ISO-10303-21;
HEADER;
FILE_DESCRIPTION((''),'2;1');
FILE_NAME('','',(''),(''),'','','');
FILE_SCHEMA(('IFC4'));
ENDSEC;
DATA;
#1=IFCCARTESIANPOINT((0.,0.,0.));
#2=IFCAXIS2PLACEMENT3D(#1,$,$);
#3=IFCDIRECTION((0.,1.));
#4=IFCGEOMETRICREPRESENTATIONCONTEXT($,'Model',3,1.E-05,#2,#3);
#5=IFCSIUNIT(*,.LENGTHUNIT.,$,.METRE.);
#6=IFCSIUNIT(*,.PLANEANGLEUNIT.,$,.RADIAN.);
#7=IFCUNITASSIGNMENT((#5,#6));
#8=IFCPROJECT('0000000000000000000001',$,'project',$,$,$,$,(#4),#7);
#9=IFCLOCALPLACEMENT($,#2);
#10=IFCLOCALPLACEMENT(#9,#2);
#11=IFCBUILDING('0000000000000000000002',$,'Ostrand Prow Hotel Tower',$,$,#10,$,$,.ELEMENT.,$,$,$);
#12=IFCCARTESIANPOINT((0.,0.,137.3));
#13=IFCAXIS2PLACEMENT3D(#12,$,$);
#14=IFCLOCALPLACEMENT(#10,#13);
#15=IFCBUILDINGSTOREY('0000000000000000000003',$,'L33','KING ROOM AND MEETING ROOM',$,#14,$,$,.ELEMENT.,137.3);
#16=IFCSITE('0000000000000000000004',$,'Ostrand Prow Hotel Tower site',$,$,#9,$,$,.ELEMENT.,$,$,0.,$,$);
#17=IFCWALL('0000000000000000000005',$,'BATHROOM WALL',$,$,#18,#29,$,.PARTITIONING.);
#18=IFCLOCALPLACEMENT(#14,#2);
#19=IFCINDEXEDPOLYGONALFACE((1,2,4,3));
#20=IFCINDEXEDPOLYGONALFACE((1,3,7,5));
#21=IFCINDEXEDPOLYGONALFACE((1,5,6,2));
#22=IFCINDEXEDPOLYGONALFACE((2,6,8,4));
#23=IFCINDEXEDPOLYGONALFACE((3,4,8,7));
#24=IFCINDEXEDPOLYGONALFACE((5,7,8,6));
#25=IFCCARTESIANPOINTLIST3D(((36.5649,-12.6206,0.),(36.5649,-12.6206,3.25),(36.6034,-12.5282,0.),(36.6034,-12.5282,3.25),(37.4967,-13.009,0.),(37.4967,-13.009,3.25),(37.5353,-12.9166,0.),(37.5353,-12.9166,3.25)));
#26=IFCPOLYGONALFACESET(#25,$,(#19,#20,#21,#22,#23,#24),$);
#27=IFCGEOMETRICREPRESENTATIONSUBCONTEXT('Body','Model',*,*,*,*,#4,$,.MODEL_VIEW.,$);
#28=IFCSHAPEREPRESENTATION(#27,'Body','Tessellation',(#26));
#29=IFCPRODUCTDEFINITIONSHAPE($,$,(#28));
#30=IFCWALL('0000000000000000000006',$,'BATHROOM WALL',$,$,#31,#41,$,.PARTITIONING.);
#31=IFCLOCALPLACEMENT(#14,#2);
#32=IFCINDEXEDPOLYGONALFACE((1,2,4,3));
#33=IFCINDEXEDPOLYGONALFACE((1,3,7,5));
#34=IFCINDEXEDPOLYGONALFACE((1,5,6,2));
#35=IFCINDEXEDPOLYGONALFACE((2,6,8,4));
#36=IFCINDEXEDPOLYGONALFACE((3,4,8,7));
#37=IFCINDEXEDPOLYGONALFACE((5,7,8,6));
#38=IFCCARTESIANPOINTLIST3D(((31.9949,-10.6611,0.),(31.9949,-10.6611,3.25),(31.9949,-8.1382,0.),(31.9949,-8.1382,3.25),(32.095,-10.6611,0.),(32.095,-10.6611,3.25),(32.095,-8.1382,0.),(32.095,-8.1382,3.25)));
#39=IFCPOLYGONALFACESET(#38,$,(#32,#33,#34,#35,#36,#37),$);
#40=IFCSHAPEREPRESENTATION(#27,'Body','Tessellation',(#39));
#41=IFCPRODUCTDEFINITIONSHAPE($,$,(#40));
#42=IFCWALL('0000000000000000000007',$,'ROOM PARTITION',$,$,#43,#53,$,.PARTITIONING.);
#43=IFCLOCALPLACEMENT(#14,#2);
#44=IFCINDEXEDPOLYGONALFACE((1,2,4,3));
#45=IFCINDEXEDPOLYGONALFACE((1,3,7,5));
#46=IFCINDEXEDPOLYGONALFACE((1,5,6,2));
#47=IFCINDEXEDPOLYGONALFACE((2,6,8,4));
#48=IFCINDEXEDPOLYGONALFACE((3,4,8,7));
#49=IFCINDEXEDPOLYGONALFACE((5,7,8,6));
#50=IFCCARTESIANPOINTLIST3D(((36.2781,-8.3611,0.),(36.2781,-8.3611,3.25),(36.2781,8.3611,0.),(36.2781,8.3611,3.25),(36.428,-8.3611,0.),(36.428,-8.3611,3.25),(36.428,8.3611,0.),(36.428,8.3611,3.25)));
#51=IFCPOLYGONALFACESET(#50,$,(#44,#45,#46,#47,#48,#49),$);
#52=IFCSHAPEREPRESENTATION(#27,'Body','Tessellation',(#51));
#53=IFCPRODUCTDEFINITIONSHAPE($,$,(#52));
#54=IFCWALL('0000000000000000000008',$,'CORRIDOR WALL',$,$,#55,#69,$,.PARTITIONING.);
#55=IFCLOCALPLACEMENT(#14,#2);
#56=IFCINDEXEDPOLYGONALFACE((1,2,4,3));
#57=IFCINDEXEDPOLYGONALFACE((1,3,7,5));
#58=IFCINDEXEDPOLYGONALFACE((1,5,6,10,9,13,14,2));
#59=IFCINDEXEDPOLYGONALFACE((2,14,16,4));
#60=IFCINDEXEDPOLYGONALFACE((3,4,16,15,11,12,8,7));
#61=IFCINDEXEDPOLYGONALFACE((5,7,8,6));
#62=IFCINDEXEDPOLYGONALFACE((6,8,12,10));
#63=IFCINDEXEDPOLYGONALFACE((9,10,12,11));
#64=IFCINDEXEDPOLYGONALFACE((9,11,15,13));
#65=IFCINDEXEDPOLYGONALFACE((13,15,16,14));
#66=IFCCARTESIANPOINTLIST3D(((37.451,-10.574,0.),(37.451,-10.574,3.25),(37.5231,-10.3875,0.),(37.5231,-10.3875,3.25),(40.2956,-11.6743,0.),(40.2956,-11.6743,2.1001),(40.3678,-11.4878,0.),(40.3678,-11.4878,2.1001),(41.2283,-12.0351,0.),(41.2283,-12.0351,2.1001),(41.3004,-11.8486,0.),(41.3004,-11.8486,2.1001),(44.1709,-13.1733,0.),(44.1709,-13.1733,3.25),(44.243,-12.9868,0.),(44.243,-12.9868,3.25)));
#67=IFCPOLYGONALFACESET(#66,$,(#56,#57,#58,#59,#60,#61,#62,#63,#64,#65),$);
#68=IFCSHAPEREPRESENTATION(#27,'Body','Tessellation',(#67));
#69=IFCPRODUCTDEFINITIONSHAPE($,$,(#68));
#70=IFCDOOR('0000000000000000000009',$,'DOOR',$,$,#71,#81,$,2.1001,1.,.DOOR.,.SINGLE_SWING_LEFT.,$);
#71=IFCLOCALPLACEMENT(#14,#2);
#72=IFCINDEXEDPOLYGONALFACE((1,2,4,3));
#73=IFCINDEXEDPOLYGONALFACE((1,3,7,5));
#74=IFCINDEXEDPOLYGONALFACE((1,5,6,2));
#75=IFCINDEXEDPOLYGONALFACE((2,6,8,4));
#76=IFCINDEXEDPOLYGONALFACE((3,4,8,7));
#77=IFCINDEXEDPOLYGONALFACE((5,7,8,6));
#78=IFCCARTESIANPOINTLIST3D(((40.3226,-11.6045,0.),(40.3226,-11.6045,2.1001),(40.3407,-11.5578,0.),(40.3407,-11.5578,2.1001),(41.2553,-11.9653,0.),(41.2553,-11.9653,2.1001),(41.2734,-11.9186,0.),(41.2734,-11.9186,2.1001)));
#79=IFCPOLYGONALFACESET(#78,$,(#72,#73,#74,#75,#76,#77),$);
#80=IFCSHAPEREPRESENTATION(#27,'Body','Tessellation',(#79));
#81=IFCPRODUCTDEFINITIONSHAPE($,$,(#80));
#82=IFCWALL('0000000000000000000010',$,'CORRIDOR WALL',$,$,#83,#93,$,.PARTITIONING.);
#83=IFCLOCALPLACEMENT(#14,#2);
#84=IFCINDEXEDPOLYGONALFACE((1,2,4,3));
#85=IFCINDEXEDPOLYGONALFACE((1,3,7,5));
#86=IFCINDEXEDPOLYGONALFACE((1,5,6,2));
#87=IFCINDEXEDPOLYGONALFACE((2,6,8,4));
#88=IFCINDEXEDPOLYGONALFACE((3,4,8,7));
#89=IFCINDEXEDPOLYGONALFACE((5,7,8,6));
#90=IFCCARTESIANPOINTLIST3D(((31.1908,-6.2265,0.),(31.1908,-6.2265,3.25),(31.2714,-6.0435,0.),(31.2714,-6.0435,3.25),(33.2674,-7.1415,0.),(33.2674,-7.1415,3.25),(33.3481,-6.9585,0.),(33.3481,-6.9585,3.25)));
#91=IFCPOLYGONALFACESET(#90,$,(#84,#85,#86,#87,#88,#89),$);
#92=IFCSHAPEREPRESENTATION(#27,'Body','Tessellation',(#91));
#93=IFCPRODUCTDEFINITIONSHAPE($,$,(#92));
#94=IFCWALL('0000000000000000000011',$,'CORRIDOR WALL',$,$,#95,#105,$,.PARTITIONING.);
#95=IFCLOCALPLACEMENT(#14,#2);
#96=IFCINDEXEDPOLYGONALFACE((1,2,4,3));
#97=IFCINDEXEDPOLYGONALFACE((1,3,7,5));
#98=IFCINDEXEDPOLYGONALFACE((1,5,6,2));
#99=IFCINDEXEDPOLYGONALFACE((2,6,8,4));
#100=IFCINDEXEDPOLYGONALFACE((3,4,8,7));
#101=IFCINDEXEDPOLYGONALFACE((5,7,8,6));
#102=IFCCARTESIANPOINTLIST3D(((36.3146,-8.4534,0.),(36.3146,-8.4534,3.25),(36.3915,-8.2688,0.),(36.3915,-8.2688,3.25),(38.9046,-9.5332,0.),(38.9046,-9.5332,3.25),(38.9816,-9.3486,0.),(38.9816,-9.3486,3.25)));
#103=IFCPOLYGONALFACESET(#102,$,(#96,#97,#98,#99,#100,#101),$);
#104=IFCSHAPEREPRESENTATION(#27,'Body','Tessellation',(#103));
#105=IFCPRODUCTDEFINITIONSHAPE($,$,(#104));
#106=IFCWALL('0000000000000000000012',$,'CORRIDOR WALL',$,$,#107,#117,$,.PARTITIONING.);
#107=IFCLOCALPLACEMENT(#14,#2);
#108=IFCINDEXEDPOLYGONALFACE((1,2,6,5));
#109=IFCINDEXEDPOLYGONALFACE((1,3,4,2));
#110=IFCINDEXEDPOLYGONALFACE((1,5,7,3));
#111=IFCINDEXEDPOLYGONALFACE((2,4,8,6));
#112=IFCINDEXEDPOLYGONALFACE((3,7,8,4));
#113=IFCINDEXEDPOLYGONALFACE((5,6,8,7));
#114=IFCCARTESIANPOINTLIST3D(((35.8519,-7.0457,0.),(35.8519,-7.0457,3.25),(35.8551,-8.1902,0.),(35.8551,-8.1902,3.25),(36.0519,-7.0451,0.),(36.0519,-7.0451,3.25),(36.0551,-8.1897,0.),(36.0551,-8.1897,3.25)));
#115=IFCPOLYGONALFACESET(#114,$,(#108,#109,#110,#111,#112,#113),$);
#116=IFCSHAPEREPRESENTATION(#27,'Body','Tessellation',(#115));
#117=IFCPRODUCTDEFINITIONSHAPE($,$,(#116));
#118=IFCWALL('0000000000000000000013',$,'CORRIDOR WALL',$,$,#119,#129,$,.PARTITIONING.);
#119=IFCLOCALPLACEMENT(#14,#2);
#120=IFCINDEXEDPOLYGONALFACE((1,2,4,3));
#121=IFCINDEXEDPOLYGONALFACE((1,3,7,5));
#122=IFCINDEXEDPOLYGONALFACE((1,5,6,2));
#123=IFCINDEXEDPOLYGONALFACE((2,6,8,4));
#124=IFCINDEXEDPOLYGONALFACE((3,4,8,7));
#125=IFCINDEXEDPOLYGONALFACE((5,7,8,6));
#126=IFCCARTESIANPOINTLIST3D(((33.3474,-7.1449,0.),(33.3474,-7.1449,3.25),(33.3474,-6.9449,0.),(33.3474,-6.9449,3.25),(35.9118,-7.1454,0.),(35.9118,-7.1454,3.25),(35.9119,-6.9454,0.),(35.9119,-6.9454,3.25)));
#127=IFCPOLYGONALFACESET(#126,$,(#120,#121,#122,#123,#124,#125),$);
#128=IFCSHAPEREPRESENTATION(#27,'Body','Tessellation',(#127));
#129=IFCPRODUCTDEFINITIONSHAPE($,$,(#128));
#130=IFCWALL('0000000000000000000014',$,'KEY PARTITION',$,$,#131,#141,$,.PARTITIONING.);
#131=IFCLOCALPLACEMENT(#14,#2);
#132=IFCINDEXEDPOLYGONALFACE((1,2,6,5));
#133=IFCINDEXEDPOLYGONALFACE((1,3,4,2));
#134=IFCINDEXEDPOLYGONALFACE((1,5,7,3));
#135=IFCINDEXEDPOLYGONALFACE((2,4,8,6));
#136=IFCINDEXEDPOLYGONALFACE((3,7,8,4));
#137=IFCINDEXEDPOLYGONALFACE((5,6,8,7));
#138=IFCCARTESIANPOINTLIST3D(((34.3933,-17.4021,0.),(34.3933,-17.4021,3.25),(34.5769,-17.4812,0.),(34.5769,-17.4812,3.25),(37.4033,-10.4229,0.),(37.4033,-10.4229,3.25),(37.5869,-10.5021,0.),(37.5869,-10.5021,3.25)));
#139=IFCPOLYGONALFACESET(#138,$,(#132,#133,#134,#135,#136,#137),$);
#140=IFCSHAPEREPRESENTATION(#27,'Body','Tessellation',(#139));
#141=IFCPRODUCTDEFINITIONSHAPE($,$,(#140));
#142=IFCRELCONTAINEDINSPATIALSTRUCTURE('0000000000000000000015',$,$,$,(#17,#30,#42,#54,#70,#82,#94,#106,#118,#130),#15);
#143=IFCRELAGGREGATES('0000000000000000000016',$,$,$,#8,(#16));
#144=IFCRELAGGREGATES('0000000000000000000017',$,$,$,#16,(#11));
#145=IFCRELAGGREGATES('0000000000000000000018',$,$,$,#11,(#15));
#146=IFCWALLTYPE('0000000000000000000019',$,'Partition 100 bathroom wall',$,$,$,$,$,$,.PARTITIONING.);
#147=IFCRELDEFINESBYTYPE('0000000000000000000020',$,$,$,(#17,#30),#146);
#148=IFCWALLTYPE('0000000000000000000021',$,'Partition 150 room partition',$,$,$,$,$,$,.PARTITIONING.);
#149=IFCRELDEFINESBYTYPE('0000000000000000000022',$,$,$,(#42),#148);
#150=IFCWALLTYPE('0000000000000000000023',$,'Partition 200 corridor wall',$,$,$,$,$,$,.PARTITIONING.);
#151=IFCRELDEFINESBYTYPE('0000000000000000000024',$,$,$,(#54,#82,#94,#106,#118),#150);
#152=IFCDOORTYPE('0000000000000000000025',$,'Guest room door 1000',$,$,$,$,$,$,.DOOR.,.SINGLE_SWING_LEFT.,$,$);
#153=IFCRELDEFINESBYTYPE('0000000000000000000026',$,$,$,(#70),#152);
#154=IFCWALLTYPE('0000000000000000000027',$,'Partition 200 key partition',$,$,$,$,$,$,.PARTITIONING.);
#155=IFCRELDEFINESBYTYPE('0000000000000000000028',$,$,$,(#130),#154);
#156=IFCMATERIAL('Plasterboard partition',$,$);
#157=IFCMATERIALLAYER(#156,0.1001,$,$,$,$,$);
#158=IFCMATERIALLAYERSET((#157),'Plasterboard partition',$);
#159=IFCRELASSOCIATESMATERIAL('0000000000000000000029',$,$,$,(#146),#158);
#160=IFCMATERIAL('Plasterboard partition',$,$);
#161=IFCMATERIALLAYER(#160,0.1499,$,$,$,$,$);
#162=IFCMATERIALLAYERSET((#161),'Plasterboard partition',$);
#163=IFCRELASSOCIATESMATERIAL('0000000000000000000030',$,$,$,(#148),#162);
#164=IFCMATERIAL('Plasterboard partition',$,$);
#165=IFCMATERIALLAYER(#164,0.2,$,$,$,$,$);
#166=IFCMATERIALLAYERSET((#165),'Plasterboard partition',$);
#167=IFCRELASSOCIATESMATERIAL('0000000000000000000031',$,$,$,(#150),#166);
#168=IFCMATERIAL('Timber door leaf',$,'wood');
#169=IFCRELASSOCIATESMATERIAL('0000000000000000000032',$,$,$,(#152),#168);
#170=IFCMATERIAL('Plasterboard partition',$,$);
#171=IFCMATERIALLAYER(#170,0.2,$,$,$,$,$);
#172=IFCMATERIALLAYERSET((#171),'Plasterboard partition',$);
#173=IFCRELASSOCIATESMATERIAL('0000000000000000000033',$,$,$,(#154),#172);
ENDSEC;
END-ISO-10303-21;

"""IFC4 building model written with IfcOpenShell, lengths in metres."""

from ifc_helpers import new_model, si_unit, direction, frame, frame_2d, origin, place, context, subcontext, project, spatial, rectangle, extrude, material, layer, layer_set, type_object, element, fill, save


model = new_model("IFC4")

# Units and contexts
model_context = context("Model", 3, precision=1e-05, world=origin(), true_north=direction((0.0, 1.0)))
body_context = subcontext(model_context, "Body", "Model", "MODEL_VIEW")
ifc_project = project(units=[si_unit("LENGTHUNIT", "METRE"), si_unit("PLANEANGLEUNIT", "RADIAN")], contexts=[model_context])

# Site, building, storey
site_placement = place(None, origin())
site = spatial("IfcSite", under=ifc_project, at=site_placement, Name="Ostrand Prow Hotel Tower site", CompositionType="ELEMENT", RefElevation=0.0)
building_placement = place(site_placement, origin())
building = spatial("IfcBuilding", under=site, at=building_placement, Name="Ostrand Prow Hotel Tower", CompositionType="ELEMENT")
storey_placement = place(building_placement, frame((0.0, 0.0, 137.3)))
storey = spatial("IfcBuildingStorey", under=building, at=storey_placement, Name="L33", Description="KING ROOM AND MEETING ROOM", CompositionType="ELEMENT", Elevation=137.3)

# Shared definitions
ifc_material_1 = material(Name="Plasterboard partition")
ifc_layer_1 = layer(ifc_material_1, 0.1001)
ifc_layer_set_1 = layer_set([ifc_layer_1], Name="Plasterboard partition")
wall_type_1 = type_object("IfcWallType", Name="Partition 100 bathroom wall", PredefinedType="PARTITIONING", material=ifc_layer_set_1)

# Walls
wall_1_placement = place(storey_placement, frame((37.5161, -12.9629, 0.0), z_axis=(0.0, 0.0, 1.0), x_axis=(-0.923027, 0.384736, 0.0)))
element("IfcWall", 1, at=wall_1_placement, inside=storey, type_object=wall_type_1, Name="BATHROOM WALL", PredefinedType="PARTITIONING", context=body_context, shape_type="SweptSolid", body=[
    extrude(rectangle(XDim=1.0095, YDim=0.1001, at=frame_2d((0.5049, 0.0))), origin(), (0.0, 0.0, 1.0), 3.25),
])
wall_2_placement = place(storey_placement, frame((32.0449, -8.1382, 0.0), z_axis=(0.0, 0.0, 1.0), x_axis=(0.0, -1.0, 0.0)))
element("IfcWall", 2, at=wall_2_placement, inside=storey, type_object=wall_type_1, Name="BATHROOM WALL", PredefinedType="PARTITIONING", context=body_context, shape_type="SweptSolid", body=[
    extrude(rectangle(XDim=2.5229, YDim=0.1001, at=frame_2d((1.2615, 0.0))), origin(), (0.0, 0.0, 1.0), 3.25),
])
ifc_material_2 = material(Name="Plasterboard partition")
ifc_layer_2 = layer(ifc_material_2, 0.1499)
ifc_layer_set_2 = layer_set([ifc_layer_2], Name="Plasterboard partition")
wall_type_2 = type_object("IfcWallType", Name="Partition 150 room partition", PredefinedType="PARTITIONING", material=ifc_layer_set_2)
wall_3_placement = place(storey_placement, frame((36.353, -8.3611, 0.0), z_axis=(0.0, 0.0, 1.0), x_axis=(0.0, 1.0, 0.0)))
element("IfcWall", 3, at=wall_3_placement, inside=storey, type_object=wall_type_2, Name="ROOM PARTITION", PredefinedType="PARTITIONING", context=body_context, shape_type="SweptSolid", body=[
    extrude(rectangle(XDim=16.7222, YDim=0.1499, at=frame_2d((8.3611, 0.0))), origin(), (0.0, 0.0, 1.0), 3.25),
])

# Wall, opening, door
ifc_material_3 = material(Name="Plasterboard partition")
ifc_layer_3 = layer(ifc_material_3, 0.2)
ifc_layer_set_3 = layer_set([ifc_layer_3], Name="Plasterboard partition")
wall_type_3 = type_object("IfcWallType", Name="Partition 200 corridor wall", PredefinedType="PARTITIONING", material=ifc_layer_set_3)
wall_4_placement = place(storey_placement, frame((37.4871, -10.4807, 0.0), z_axis=(0.0, 0.0, 1.0), x_axis=(0.932657, -0.360763, 0.0)))
wall_4 = element("IfcWall", 4, at=wall_4_placement, inside=storey, type_object=wall_type_3, Name="CORRIDOR WALL", PredefinedType="PARTITIONING", context=body_context, shape_type="SweptSolid", body=[
    extrude(rectangle(XDim=7.2051, YDim=0.2, at=frame_2d((3.6025, 0.0))), origin(), (0.0, 0.0, 1.0), 3.25),
])
opening_1_placement = place(wall_4_placement, frame((3.05, 0.0, 0.0)))
opening_1 = element("IfcOpeningElement", 5, at=opening_1_placement, cuts=wall_4, PredefinedType="OPENING", context=body_context, shape_type="SweptSolid", body=[
    extrude(rectangle(XDim=1.0, YDim=2.1001, at=frame_2d((0.5, 1.05))), frame((0.0, 0.1099, 0.0), z_axis=(0.0, -1.0, 0.0), x_axis=(1.0, 0.0, 0.0)), (0.0, 0.0, 1.0), 0.22),
])
ifc_material_4 = material(Name="Timber door leaf", Category="wood")
door_type_1 = type_object("IfcDoorType", Name="Guest room door 1000", OperationType="SINGLE_SWING_LEFT", PredefinedType="DOOR", material=ifc_material_4)
door_1_placement = place(opening_1_placement, origin())
door_1 = element("IfcDoor", 6, at=door_1_placement, inside=storey, type_object=door_type_1, Name="DOOR", OperationType="SINGLE_SWING_LEFT", OverallHeight=2.1001, OverallWidth=1.0, PredefinedType="DOOR", context=body_context, shape_type="SweptSolid", body=[
    extrude(rectangle(XDim=1.0, YDim=2.1001, at=frame_2d((0.5, 1.05))), frame((0.0, 0.0249, 0.0), z_axis=(0.0, -1.0, 0.0), x_axis=(1.0, 0.0, 0.0)), (0.0, 0.0, 1.0), 0.05),
])
fill(opening_1, door_1)

# Walls
wall_5_placement = place(storey_placement, frame((33.3079, -7.05, 0.0), z_axis=(0.0, 0.0, 1.0), x_axis=(-0.915102, 0.403222, 0.0)))
element("IfcWall", 7, at=wall_5_placement, inside=storey, type_object=wall_type_3, Name="CORRIDOR WALL", PredefinedType="PARTITIONING", context=body_context, shape_type="SweptSolid", body=[
    extrude(rectangle(XDim=2.2693, YDim=0.2, at=frame_2d((1.1348, 0.0))), origin(), (0.0, 0.0, 1.0), 3.25),
])
wall_6_placement = place(storey_placement, frame((38.9431, -9.4409, 0.0), z_axis=(0.0, 0.0, 1.0), x_axis=(-0.922997, 0.384807, 0.0)))
element("IfcWall", 8, at=wall_6_placement, inside=storey, type_object=wall_type_3, Name="CORRIDOR WALL", PredefinedType="PARTITIONING", context=body_context, shape_type="SweptSolid", body=[
    extrude(rectangle(XDim=2.8062, YDim=0.2, at=frame_2d((1.4031, 0.0))), origin(), (0.0, 0.0, 1.0), 3.25),
])
wall_7_placement = place(storey_placement, frame((35.9551, -8.1899, 0.0), z_axis=(0.0, 0.0, 1.0), x_axis=(-0.002773, 0.999996, 0.0)))
element("IfcWall", 9, at=wall_7_placement, inside=storey, type_object=wall_type_3, Name="CORRIDOR WALL", PredefinedType="PARTITIONING", context=body_context, shape_type="SweptSolid", body=[
    extrude(rectangle(XDim=1.1445, YDim=0.2, at=frame_2d((0.5723, 0.0))), origin(), (0.0, 0.0, 1.0), 3.25),
])
wall_8_placement = place(storey_placement, frame((35.9119, -7.0454, 0.0), z_axis=(0.0, 0.0, 1.0), x_axis=(-1.0, 0.00019, 0.0)))
element("IfcWall", 10, at=wall_8_placement, inside=storey, type_object=wall_type_3, Name="CORRIDOR WALL", PredefinedType="PARTITIONING", context=body_context, shape_type="SweptSolid", body=[
    extrude(rectangle(XDim=2.5645, YDim=0.2, at=frame_2d((1.2822, 0.0))), origin(), (0.0, 0.0, 1.0), 3.25),
])
ifc_material_5 = material(Name="Plasterboard partition")
ifc_layer_4 = layer(ifc_material_5, 0.2)
ifc_layer_set_4 = layer_set([ifc_layer_4], Name="Plasterboard partition")
wall_type_4 = type_object("IfcWallType", Name="Partition 200 key partition", PredefinedType="PARTITIONING", material=ifc_layer_set_4)
wall_9_placement = place(storey_placement, frame((34.4851, -17.4417, 0.0), z_axis=(0.0, 0.0, 1.0), x_axis=(0.396019, 0.918242, 0.0)))
element("IfcWall", 11, at=wall_9_placement, inside=storey, type_object=wall_type_4, Name="KEY PARTITION", PredefinedType="PARTITIONING", context=body_context, shape_type="SweptSolid", body=[
    extrude(rectangle(XDim=7.6006, YDim=0.2, at=frame_2d((3.8003, 0.0))), origin(), (0.0, 0.0, 1.0), 3.25),
])

save(model, "model.ifc")
